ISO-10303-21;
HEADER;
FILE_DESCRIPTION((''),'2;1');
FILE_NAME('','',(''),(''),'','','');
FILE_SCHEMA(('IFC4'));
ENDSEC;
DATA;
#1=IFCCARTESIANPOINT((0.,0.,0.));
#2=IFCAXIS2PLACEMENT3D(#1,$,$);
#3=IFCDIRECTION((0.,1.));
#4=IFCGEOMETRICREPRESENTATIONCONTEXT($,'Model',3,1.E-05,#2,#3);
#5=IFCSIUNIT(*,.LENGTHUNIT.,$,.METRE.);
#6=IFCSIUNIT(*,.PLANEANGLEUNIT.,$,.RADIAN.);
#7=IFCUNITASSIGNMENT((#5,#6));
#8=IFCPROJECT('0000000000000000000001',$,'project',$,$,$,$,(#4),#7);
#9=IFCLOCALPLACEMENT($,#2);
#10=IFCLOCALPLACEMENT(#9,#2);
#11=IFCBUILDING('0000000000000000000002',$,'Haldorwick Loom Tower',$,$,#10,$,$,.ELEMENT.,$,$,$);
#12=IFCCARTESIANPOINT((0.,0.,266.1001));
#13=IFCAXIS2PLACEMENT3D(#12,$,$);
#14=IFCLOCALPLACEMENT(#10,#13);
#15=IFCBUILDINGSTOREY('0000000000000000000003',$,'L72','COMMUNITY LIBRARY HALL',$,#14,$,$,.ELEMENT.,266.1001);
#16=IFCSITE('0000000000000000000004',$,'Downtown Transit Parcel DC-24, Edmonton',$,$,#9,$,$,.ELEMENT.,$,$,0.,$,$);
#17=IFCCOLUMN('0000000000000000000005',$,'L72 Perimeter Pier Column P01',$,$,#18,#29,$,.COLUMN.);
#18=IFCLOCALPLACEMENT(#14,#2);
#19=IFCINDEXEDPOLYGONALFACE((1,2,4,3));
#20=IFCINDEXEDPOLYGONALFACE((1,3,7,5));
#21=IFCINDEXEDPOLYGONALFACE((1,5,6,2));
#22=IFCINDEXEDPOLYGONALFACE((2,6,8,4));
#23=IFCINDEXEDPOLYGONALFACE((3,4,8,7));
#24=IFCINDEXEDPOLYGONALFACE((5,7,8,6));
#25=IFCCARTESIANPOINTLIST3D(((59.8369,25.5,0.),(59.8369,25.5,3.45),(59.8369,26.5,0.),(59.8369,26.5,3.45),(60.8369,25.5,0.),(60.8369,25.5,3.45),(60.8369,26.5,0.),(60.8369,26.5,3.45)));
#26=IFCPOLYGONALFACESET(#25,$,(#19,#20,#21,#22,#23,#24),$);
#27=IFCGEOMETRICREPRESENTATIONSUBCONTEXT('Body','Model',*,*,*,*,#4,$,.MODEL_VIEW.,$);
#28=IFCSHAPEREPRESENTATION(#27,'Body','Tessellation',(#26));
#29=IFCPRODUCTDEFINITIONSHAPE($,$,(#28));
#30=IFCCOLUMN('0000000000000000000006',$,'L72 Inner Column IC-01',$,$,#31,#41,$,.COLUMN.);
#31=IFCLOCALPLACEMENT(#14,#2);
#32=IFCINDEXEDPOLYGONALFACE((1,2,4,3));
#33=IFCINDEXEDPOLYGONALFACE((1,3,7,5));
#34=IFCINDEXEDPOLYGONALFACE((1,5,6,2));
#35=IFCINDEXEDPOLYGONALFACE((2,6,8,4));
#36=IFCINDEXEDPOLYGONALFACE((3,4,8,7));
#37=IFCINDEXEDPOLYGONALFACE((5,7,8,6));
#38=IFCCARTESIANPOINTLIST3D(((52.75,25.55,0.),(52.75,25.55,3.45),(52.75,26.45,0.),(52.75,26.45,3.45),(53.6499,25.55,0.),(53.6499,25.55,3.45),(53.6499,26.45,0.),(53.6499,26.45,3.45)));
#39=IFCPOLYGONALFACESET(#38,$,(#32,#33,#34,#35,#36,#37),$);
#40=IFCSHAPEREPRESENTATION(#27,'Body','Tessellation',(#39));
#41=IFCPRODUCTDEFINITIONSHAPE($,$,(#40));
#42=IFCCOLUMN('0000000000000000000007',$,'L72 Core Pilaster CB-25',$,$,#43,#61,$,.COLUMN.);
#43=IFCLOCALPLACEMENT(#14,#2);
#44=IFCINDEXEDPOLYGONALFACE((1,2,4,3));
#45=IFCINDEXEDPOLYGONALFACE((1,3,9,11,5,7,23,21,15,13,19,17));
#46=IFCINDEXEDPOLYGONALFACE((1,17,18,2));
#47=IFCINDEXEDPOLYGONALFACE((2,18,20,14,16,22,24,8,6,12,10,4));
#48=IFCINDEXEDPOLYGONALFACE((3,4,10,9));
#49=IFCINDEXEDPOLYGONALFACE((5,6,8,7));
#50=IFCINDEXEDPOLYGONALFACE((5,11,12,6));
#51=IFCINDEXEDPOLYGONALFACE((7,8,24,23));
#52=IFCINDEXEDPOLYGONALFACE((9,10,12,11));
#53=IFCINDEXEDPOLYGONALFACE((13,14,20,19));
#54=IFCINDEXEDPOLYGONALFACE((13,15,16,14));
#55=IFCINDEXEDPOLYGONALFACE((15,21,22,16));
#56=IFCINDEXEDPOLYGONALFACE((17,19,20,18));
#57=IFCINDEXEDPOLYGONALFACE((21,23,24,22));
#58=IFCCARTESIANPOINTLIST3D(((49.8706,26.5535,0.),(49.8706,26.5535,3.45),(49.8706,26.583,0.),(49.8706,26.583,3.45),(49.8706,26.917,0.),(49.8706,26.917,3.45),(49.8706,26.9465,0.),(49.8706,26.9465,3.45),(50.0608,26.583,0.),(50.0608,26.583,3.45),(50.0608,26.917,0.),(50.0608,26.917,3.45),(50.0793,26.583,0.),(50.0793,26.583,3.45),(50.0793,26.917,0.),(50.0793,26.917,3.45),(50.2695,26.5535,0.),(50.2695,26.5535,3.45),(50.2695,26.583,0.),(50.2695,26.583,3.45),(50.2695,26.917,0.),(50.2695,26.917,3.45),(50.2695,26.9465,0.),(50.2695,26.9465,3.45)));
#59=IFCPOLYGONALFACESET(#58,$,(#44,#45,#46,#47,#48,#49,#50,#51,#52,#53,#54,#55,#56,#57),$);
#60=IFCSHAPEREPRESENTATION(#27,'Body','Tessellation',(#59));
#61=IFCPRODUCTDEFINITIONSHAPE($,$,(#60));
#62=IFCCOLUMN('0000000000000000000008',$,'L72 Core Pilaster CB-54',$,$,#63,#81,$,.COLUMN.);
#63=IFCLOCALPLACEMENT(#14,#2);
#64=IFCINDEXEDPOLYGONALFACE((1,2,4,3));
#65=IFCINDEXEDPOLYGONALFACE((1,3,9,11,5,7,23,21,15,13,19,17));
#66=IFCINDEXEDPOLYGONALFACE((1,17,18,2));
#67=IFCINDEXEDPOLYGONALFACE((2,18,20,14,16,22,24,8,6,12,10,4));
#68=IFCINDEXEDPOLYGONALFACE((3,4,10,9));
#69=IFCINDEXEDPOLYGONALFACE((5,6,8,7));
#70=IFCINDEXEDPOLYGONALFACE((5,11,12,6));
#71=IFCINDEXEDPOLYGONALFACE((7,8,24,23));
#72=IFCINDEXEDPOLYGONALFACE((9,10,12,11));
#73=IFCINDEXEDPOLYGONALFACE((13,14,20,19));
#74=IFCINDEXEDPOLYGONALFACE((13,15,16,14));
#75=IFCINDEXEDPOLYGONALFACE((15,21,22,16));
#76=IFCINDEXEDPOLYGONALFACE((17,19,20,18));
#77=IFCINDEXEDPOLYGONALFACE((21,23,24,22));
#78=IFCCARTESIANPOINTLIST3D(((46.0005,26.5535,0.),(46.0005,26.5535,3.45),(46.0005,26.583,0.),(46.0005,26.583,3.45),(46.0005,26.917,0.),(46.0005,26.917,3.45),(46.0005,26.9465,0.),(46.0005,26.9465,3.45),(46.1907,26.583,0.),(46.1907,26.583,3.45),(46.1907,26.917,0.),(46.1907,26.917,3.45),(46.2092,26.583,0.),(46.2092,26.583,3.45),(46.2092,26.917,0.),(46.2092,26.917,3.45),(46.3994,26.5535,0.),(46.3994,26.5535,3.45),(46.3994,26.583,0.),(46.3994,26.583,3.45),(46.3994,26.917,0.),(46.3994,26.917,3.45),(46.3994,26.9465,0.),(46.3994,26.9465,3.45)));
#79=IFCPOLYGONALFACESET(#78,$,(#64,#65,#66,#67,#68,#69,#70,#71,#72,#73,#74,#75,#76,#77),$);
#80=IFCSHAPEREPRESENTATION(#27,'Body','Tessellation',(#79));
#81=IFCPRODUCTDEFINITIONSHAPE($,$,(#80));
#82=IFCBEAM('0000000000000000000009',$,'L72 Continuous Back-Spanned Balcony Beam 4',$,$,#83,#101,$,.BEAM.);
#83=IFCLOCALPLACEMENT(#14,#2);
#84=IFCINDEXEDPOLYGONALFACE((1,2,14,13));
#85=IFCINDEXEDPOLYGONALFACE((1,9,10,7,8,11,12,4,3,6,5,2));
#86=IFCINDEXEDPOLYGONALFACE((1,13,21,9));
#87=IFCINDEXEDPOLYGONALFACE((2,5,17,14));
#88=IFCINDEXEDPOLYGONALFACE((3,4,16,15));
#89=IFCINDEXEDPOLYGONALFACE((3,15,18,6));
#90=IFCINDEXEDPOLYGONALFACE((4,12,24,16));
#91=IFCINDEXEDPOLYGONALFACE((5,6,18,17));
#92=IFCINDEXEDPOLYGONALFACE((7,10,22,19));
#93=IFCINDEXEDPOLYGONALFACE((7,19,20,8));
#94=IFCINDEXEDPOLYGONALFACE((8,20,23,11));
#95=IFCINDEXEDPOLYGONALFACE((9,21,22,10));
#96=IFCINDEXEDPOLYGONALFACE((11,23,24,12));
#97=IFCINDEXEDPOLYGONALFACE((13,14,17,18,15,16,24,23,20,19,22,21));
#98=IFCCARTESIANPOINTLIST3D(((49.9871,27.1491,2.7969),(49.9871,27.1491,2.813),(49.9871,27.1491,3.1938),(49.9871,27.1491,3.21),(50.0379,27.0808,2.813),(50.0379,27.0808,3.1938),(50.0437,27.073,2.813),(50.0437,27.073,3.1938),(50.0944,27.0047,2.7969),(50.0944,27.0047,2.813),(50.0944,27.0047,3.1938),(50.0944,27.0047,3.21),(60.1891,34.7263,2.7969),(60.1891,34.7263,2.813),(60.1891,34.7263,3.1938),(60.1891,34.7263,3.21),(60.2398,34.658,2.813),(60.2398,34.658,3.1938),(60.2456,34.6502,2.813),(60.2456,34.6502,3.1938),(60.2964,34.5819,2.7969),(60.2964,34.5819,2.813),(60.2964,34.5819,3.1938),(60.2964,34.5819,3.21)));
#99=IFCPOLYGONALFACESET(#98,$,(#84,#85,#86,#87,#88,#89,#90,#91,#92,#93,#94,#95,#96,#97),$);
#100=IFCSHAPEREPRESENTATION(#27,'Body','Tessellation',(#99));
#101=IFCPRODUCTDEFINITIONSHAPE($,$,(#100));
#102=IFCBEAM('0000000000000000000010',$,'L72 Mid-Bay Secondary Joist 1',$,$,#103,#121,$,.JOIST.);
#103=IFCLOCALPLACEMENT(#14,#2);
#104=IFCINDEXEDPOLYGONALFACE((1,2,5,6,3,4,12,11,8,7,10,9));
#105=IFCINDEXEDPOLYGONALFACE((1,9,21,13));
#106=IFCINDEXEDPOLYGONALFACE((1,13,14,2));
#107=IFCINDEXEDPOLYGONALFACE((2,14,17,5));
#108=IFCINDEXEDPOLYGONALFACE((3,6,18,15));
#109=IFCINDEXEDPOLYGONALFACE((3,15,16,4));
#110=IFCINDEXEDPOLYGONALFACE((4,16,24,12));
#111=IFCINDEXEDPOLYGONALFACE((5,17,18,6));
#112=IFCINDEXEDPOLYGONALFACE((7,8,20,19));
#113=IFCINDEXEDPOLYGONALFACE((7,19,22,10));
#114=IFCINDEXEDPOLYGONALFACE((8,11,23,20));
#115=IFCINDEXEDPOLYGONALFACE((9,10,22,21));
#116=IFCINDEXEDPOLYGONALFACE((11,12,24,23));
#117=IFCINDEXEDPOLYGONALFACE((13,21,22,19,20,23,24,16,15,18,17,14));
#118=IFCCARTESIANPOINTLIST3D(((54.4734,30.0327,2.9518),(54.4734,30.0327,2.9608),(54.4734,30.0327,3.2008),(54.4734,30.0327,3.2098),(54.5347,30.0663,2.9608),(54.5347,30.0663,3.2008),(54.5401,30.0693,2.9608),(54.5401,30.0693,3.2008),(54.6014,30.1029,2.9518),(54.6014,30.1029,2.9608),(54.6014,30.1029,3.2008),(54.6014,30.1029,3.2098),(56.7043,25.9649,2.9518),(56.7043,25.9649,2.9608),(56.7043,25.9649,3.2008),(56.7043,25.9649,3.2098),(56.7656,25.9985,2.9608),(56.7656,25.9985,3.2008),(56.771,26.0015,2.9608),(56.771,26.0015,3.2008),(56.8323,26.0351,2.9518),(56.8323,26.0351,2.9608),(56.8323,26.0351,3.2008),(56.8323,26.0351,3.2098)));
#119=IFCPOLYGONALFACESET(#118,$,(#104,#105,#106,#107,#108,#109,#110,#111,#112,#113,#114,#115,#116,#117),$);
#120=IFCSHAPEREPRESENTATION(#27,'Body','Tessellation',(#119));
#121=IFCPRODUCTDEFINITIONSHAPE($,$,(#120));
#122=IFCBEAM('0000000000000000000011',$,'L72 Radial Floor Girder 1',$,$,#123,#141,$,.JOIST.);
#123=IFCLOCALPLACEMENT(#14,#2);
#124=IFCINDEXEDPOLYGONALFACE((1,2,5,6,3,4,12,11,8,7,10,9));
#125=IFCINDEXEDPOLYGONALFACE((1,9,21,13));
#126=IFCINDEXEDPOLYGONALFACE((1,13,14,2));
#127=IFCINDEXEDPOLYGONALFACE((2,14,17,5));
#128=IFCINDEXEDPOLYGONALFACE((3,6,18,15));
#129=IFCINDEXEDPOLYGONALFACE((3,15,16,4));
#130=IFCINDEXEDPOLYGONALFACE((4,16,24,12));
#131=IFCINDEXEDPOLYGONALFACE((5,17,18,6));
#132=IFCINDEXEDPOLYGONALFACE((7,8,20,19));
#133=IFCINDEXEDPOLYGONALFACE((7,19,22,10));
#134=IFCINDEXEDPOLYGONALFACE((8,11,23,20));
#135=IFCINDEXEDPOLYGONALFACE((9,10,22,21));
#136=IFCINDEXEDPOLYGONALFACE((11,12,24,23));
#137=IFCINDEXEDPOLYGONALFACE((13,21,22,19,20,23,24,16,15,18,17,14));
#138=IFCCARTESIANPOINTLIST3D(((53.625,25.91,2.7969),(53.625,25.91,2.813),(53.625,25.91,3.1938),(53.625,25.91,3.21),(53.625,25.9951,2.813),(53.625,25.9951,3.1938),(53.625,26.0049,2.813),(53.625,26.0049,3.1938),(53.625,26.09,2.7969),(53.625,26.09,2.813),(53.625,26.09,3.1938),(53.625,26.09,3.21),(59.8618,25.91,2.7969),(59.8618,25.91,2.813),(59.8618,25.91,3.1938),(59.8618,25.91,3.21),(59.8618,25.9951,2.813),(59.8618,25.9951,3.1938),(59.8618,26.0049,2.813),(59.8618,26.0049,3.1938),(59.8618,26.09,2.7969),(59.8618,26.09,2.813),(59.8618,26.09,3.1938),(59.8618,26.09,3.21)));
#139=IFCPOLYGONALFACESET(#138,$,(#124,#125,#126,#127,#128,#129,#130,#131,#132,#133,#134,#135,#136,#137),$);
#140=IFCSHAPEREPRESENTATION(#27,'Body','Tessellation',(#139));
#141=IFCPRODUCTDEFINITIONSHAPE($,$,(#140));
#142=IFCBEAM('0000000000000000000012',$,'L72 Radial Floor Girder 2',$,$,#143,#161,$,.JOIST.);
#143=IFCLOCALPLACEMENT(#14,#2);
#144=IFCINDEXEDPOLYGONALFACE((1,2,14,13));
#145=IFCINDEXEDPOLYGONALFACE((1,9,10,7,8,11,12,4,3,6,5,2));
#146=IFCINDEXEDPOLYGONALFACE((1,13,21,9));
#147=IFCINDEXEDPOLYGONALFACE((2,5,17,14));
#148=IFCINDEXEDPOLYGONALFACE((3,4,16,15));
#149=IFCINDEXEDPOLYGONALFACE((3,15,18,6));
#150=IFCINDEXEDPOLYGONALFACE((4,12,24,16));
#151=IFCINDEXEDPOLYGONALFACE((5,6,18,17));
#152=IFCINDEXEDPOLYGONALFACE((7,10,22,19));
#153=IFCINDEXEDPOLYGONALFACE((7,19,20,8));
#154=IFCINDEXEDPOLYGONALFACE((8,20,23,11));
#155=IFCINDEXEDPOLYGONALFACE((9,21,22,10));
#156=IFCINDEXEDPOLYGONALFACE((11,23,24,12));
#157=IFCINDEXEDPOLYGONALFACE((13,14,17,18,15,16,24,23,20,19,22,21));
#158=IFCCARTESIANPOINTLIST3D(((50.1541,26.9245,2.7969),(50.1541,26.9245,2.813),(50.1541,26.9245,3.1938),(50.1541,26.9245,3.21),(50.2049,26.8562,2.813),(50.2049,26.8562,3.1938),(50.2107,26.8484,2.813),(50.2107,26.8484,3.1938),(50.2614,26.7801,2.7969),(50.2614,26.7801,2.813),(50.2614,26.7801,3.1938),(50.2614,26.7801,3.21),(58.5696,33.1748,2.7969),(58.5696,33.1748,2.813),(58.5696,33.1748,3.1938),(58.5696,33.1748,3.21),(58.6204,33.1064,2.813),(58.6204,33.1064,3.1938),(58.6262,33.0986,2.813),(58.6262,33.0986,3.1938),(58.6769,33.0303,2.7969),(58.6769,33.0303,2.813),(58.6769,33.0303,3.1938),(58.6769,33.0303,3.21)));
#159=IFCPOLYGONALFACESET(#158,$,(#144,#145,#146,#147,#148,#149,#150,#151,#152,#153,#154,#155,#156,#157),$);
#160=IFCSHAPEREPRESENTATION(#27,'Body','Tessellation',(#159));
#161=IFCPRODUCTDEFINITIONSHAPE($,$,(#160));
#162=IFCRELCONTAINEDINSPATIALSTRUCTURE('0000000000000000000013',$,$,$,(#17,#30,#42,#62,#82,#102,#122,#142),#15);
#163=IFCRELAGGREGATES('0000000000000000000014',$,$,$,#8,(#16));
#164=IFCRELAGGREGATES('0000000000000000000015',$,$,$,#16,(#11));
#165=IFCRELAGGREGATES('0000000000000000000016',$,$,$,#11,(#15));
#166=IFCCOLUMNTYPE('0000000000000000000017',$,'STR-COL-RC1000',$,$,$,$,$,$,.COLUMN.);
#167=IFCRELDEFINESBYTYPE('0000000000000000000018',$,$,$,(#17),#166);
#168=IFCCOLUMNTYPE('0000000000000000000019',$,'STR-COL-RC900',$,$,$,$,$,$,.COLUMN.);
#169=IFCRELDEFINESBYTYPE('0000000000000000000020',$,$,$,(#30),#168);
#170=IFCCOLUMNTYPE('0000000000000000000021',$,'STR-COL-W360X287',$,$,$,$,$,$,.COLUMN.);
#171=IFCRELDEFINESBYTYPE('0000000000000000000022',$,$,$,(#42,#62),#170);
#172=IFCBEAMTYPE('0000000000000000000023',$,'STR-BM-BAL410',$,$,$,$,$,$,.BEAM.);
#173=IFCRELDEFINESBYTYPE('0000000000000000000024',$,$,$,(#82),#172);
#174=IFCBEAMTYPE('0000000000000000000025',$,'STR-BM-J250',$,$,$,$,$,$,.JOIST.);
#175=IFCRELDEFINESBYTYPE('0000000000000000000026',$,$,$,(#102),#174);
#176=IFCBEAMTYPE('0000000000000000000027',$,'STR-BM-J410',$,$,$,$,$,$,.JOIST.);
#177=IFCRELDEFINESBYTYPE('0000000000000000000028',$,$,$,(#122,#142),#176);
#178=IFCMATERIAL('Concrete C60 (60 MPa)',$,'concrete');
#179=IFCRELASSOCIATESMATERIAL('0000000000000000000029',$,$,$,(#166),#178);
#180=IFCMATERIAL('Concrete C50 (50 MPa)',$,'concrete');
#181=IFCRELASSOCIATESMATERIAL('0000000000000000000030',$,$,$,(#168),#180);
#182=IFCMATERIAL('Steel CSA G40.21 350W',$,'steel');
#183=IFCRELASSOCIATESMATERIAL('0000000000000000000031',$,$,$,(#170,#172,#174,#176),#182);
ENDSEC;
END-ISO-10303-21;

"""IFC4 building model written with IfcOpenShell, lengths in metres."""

from ifc_helpers import new_model, si_unit, direction, frame, origin, origin_2d, place, context, subcontext, project, spatial, rectangle, i_section, extrude, material, material_profile, profile_set, type_object, element, save


model = new_model("IFC4")

# Units and contexts
model_context = context("Model", 3, precision=1e-05, world=origin(), true_north=direction((0.0, 1.0)))
body_context = subcontext(model_context, "Body", "Model", "MODEL_VIEW")
ifc_project = project(units=[si_unit("LENGTHUNIT", "METRE"), si_unit("PLANEANGLEUNIT", "RADIAN")], contexts=[model_context])

# Site, building, storey
site_placement = place(None, origin())
site = spatial("IfcSite", under=ifc_project, at=site_placement, Name="Downtown Transit Parcel DC-24, Edmonton", CompositionType="ELEMENT", RefElevation=0.0)
building_placement = place(site_placement, origin())
building = spatial("IfcBuilding", under=site, at=building_placement, Name="Haldorwick Loom Tower", CompositionType="ELEMENT")
storey_placement = place(building_placement, frame((0.0, 0.0, 266.1001)))
storey = spatial("IfcBuildingStorey", under=building, at=storey_placement, Name="L72", Description="COMMUNITY LIBRARY HALL", CompositionType="ELEMENT", Elevation=266.1001)

# Columns
ifc_material_1 = material(Name="Concrete C60 (60 MPa)", Category="concrete")
ifc_material_profile_1 = material_profile(ifc_material_1, rectangle(XDim=1.0, YDim=1.0, at=origin_2d()), Name="RC1000X1000", Category="concrete")
ifc_profile_set_1 = profile_set([ifc_material_profile_1], Name="Concrete C60 (60 MPa)")
column_type_1 = type_object("IfcColumnType", Name="STR-COL-RC1000", PredefinedType="COLUMN", material=ifc_profile_set_1)
column_1_placement = place(storey_placement, frame((60.3369, 26.0, 0.0), z_axis=(0.0, 0.0, 1.0), x_axis=(1.0, 0.0, 0.0)))
element("IfcColumn", 1, at=column_1_placement, inside=storey, type_object=column_type_1, Name="L72 Perimeter Pier Column P01", PredefinedType="COLUMN", context=body_context, shape_type="SweptSolid", body=[
    extrude(rectangle(XDim=1.0, YDim=1.0, at=origin_2d()), origin(), (0.0, 0.0, 1.0), 3.45),
])
ifc_material_2 = material(Name="Concrete C50 (50 MPa)", Category="concrete")
ifc_material_profile_2 = material_profile(ifc_material_2, rectangle(XDim=0.8999, YDim=0.8999, at=origin_2d()), Name="RC900X900", Category="concrete")
ifc_profile_set_2 = profile_set([ifc_material_profile_2], Name="Concrete C50 (50 MPa)")
column_type_2 = type_object("IfcColumnType", Name="STR-COL-RC900", PredefinedType="COLUMN", material=ifc_profile_set_2)
column_2_placement = place(storey_placement, frame((53.2, 26.0, 0.0), z_axis=(0.0, 0.0, 1.0), x_axis=(1.0, 0.0, 0.0)))
element("IfcColumn", 2, at=column_2_placement, inside=storey, type_object=column_type_2, Name="L72 Inner Column IC-01", PredefinedType="COLUMN", context=body_context, shape_type="SweptSolid", body=[
    extrude(rectangle(XDim=0.8999, YDim=0.8999, at=origin_2d()), origin(), (0.0, 0.0, 1.0), 3.45),
])
ifc_material_3 = material(Name="Steel CSA G40.21 350W", Category="steel")
ifc_material_profile_3 = material_profile(ifc_material_3, i_section(OverallWidth=0.3989, OverallDepth=0.3931, WebThickness=0.0186, FlangeThickness=0.0295, at=origin_2d()), Name="W360X287", Category="steel")
ifc_profile_set_3 = profile_set([ifc_material_profile_3], Name="Steel CSA G40.21 350W")
column_type_3 = type_object("IfcColumnType", Name="STR-COL-W360X287", PredefinedType="COLUMN", material=ifc_profile_set_3)
for number, where, z_axis, x_axis, name in (
    (3, (50.0701, 26.75, 0.0), (0.0, 0.0, 1.0), (1.0, 0.0, 0.0), "L72 Core Pilaster CB-25"),
    (4, (46.2, 26.75, 0.0), (0.0, 0.0, 1.0), (1.0, 0.0, 0.0), "L72 Core Pilaster CB-54"),
):
    element("IfcColumn", number, at=place(storey_placement, frame(where, z_axis=z_axis, x_axis=x_axis)), inside=storey, type_object=column_type_3, Name=name, PredefinedType="COLUMN", context=body_context, shape_type="SweptSolid", body=[
        extrude(i_section(OverallWidth=0.3989, OverallDepth=0.3931, WebThickness=0.0186, FlangeThickness=0.0295, at=origin_2d()), origin(), (0.0, 0.0, 1.0), 3.45),
    ])

# Beams
ifc_material_profile_4 = material_profile(ifc_material_3, i_section(OverallWidth=0.1799, OverallDepth=0.4131, WebThickness=0.0098, FlangeThickness=0.0161, at=origin_2d()), Name="W410X74", Category="steel")
ifc_profile_set_4 = profile_set([ifc_material_profile_4], Name="Steel CSA G40.21 350W")
beam_type_1 = type_object("IfcBeamType", Name="STR-BM-BAL410", PredefinedType="BEAM", material=ifc_profile_set_4)
beam_1_placement = place(storey_placement, frame((50.0408, 27.0769, 3.0034), z_axis=(0.802797, 0.596253, 0.0), x_axis=(-0.596253, 0.802797, 0.0)))
element("IfcBeam", 5, at=beam_1_placement, inside=storey, type_object=beam_type_1, Name="L72 Continuous Back-Spanned Balcony Beam 4", PredefinedType="BEAM", context=body_context, shape_type="SweptSolid", body=[
    extrude(i_section(OverallWidth=0.1799, OverallDepth=0.4131, WebThickness=0.0098, FlangeThickness=0.0161, at=origin_2d()), origin(), (0.0, 0.0, 1.0), 12.708),
])
ifc_material_profile_5 = material_profile(ifc_material_3, i_section(OverallWidth=0.146, OverallDepth=0.2581, WebThickness=0.0061, FlangeThickness=0.009, at=origin_2d()), Name="W250X33", Category="steel")
ifc_profile_set_5 = profile_set([ifc_material_profile_5], Name="Steel CSA G40.21 350W")
beam_type_2 = type_object("IfcBeamType", Name="STR-BM-J250", PredefinedType="JOIST", material=ifc_profile_set_5)
beam_2_placement = place(storey_placement, frame((56.7683, 26.0, 3.0808), z_axis=(-0.480864, 0.876795, 0.0), x_axis=(-0.876795, -0.480864, 0.0)))
element("IfcBeam", 6, at=beam_2_placement, inside=storey, type_object=beam_type_2, Name="L72 Mid-Bay Secondary Joist 1", PredefinedType="JOIST", context=body_context, shape_type="SweptSolid", body=[
    extrude(i_section(OverallWidth=0.146, OverallDepth=0.2581, WebThickness=0.0061, FlangeThickness=0.009, at=origin_2d()), origin(), (0.0, 0.0, 1.0), 4.6394),
])
ifc_material_profile_6 = material_profile(ifc_material_3, i_section(OverallWidth=0.1799, OverallDepth=0.4131, WebThickness=0.0098, FlangeThickness=0.0161, at=origin_2d()), Name="W410X74", Category="steel")
ifc_profile_set_6 = profile_set([ifc_material_profile_6], Name="Steel CSA G40.21 350W")
beam_type_3 = type_object("IfcBeamType", Name="STR-BM-J410", PredefinedType="JOIST", material=ifc_profile_set_6)
beam_3_placement = place(storey_placement, frame((53.625, 26.0, 3.0034), z_axis=(1.0, 0.0, 0.0), x_axis=(0.0, 1.0, 0.0)))
element("IfcBeam", 7, at=beam_3_placement, inside=storey, type_object=beam_type_3, Name="L72 Radial Floor Girder 1", PredefinedType="JOIST", context=body_context, shape_type="SweptSolid", body=[
    extrude(i_section(OverallWidth=0.1799, OverallDepth=0.4131, WebThickness=0.0098, FlangeThickness=0.0161, at=origin_2d()), origin(), (0.0, 0.0, 1.0), 6.2368),
])
beam_4_placement = place(storey_placement, frame((50.2078, 26.8523, 3.0034), z_axis=(0.802803, 0.596245, 0.0), x_axis=(-0.596245, 0.802803, 0.0)))
element("IfcBeam", 8, at=beam_4_placement, inside=storey, type_object=beam_type_3, Name="L72 Radial Floor Girder 2", PredefinedType="JOIST", context=body_context, shape_type="SweptSolid", body=[
    extrude(i_section(OverallWidth=0.1799, OverallDepth=0.4131, WebThickness=0.0098, FlangeThickness=0.0161, at=origin_2d()), origin(), (0.0, 0.0, 1.0), 10.4827),
])

save(model, "model.ifc")
